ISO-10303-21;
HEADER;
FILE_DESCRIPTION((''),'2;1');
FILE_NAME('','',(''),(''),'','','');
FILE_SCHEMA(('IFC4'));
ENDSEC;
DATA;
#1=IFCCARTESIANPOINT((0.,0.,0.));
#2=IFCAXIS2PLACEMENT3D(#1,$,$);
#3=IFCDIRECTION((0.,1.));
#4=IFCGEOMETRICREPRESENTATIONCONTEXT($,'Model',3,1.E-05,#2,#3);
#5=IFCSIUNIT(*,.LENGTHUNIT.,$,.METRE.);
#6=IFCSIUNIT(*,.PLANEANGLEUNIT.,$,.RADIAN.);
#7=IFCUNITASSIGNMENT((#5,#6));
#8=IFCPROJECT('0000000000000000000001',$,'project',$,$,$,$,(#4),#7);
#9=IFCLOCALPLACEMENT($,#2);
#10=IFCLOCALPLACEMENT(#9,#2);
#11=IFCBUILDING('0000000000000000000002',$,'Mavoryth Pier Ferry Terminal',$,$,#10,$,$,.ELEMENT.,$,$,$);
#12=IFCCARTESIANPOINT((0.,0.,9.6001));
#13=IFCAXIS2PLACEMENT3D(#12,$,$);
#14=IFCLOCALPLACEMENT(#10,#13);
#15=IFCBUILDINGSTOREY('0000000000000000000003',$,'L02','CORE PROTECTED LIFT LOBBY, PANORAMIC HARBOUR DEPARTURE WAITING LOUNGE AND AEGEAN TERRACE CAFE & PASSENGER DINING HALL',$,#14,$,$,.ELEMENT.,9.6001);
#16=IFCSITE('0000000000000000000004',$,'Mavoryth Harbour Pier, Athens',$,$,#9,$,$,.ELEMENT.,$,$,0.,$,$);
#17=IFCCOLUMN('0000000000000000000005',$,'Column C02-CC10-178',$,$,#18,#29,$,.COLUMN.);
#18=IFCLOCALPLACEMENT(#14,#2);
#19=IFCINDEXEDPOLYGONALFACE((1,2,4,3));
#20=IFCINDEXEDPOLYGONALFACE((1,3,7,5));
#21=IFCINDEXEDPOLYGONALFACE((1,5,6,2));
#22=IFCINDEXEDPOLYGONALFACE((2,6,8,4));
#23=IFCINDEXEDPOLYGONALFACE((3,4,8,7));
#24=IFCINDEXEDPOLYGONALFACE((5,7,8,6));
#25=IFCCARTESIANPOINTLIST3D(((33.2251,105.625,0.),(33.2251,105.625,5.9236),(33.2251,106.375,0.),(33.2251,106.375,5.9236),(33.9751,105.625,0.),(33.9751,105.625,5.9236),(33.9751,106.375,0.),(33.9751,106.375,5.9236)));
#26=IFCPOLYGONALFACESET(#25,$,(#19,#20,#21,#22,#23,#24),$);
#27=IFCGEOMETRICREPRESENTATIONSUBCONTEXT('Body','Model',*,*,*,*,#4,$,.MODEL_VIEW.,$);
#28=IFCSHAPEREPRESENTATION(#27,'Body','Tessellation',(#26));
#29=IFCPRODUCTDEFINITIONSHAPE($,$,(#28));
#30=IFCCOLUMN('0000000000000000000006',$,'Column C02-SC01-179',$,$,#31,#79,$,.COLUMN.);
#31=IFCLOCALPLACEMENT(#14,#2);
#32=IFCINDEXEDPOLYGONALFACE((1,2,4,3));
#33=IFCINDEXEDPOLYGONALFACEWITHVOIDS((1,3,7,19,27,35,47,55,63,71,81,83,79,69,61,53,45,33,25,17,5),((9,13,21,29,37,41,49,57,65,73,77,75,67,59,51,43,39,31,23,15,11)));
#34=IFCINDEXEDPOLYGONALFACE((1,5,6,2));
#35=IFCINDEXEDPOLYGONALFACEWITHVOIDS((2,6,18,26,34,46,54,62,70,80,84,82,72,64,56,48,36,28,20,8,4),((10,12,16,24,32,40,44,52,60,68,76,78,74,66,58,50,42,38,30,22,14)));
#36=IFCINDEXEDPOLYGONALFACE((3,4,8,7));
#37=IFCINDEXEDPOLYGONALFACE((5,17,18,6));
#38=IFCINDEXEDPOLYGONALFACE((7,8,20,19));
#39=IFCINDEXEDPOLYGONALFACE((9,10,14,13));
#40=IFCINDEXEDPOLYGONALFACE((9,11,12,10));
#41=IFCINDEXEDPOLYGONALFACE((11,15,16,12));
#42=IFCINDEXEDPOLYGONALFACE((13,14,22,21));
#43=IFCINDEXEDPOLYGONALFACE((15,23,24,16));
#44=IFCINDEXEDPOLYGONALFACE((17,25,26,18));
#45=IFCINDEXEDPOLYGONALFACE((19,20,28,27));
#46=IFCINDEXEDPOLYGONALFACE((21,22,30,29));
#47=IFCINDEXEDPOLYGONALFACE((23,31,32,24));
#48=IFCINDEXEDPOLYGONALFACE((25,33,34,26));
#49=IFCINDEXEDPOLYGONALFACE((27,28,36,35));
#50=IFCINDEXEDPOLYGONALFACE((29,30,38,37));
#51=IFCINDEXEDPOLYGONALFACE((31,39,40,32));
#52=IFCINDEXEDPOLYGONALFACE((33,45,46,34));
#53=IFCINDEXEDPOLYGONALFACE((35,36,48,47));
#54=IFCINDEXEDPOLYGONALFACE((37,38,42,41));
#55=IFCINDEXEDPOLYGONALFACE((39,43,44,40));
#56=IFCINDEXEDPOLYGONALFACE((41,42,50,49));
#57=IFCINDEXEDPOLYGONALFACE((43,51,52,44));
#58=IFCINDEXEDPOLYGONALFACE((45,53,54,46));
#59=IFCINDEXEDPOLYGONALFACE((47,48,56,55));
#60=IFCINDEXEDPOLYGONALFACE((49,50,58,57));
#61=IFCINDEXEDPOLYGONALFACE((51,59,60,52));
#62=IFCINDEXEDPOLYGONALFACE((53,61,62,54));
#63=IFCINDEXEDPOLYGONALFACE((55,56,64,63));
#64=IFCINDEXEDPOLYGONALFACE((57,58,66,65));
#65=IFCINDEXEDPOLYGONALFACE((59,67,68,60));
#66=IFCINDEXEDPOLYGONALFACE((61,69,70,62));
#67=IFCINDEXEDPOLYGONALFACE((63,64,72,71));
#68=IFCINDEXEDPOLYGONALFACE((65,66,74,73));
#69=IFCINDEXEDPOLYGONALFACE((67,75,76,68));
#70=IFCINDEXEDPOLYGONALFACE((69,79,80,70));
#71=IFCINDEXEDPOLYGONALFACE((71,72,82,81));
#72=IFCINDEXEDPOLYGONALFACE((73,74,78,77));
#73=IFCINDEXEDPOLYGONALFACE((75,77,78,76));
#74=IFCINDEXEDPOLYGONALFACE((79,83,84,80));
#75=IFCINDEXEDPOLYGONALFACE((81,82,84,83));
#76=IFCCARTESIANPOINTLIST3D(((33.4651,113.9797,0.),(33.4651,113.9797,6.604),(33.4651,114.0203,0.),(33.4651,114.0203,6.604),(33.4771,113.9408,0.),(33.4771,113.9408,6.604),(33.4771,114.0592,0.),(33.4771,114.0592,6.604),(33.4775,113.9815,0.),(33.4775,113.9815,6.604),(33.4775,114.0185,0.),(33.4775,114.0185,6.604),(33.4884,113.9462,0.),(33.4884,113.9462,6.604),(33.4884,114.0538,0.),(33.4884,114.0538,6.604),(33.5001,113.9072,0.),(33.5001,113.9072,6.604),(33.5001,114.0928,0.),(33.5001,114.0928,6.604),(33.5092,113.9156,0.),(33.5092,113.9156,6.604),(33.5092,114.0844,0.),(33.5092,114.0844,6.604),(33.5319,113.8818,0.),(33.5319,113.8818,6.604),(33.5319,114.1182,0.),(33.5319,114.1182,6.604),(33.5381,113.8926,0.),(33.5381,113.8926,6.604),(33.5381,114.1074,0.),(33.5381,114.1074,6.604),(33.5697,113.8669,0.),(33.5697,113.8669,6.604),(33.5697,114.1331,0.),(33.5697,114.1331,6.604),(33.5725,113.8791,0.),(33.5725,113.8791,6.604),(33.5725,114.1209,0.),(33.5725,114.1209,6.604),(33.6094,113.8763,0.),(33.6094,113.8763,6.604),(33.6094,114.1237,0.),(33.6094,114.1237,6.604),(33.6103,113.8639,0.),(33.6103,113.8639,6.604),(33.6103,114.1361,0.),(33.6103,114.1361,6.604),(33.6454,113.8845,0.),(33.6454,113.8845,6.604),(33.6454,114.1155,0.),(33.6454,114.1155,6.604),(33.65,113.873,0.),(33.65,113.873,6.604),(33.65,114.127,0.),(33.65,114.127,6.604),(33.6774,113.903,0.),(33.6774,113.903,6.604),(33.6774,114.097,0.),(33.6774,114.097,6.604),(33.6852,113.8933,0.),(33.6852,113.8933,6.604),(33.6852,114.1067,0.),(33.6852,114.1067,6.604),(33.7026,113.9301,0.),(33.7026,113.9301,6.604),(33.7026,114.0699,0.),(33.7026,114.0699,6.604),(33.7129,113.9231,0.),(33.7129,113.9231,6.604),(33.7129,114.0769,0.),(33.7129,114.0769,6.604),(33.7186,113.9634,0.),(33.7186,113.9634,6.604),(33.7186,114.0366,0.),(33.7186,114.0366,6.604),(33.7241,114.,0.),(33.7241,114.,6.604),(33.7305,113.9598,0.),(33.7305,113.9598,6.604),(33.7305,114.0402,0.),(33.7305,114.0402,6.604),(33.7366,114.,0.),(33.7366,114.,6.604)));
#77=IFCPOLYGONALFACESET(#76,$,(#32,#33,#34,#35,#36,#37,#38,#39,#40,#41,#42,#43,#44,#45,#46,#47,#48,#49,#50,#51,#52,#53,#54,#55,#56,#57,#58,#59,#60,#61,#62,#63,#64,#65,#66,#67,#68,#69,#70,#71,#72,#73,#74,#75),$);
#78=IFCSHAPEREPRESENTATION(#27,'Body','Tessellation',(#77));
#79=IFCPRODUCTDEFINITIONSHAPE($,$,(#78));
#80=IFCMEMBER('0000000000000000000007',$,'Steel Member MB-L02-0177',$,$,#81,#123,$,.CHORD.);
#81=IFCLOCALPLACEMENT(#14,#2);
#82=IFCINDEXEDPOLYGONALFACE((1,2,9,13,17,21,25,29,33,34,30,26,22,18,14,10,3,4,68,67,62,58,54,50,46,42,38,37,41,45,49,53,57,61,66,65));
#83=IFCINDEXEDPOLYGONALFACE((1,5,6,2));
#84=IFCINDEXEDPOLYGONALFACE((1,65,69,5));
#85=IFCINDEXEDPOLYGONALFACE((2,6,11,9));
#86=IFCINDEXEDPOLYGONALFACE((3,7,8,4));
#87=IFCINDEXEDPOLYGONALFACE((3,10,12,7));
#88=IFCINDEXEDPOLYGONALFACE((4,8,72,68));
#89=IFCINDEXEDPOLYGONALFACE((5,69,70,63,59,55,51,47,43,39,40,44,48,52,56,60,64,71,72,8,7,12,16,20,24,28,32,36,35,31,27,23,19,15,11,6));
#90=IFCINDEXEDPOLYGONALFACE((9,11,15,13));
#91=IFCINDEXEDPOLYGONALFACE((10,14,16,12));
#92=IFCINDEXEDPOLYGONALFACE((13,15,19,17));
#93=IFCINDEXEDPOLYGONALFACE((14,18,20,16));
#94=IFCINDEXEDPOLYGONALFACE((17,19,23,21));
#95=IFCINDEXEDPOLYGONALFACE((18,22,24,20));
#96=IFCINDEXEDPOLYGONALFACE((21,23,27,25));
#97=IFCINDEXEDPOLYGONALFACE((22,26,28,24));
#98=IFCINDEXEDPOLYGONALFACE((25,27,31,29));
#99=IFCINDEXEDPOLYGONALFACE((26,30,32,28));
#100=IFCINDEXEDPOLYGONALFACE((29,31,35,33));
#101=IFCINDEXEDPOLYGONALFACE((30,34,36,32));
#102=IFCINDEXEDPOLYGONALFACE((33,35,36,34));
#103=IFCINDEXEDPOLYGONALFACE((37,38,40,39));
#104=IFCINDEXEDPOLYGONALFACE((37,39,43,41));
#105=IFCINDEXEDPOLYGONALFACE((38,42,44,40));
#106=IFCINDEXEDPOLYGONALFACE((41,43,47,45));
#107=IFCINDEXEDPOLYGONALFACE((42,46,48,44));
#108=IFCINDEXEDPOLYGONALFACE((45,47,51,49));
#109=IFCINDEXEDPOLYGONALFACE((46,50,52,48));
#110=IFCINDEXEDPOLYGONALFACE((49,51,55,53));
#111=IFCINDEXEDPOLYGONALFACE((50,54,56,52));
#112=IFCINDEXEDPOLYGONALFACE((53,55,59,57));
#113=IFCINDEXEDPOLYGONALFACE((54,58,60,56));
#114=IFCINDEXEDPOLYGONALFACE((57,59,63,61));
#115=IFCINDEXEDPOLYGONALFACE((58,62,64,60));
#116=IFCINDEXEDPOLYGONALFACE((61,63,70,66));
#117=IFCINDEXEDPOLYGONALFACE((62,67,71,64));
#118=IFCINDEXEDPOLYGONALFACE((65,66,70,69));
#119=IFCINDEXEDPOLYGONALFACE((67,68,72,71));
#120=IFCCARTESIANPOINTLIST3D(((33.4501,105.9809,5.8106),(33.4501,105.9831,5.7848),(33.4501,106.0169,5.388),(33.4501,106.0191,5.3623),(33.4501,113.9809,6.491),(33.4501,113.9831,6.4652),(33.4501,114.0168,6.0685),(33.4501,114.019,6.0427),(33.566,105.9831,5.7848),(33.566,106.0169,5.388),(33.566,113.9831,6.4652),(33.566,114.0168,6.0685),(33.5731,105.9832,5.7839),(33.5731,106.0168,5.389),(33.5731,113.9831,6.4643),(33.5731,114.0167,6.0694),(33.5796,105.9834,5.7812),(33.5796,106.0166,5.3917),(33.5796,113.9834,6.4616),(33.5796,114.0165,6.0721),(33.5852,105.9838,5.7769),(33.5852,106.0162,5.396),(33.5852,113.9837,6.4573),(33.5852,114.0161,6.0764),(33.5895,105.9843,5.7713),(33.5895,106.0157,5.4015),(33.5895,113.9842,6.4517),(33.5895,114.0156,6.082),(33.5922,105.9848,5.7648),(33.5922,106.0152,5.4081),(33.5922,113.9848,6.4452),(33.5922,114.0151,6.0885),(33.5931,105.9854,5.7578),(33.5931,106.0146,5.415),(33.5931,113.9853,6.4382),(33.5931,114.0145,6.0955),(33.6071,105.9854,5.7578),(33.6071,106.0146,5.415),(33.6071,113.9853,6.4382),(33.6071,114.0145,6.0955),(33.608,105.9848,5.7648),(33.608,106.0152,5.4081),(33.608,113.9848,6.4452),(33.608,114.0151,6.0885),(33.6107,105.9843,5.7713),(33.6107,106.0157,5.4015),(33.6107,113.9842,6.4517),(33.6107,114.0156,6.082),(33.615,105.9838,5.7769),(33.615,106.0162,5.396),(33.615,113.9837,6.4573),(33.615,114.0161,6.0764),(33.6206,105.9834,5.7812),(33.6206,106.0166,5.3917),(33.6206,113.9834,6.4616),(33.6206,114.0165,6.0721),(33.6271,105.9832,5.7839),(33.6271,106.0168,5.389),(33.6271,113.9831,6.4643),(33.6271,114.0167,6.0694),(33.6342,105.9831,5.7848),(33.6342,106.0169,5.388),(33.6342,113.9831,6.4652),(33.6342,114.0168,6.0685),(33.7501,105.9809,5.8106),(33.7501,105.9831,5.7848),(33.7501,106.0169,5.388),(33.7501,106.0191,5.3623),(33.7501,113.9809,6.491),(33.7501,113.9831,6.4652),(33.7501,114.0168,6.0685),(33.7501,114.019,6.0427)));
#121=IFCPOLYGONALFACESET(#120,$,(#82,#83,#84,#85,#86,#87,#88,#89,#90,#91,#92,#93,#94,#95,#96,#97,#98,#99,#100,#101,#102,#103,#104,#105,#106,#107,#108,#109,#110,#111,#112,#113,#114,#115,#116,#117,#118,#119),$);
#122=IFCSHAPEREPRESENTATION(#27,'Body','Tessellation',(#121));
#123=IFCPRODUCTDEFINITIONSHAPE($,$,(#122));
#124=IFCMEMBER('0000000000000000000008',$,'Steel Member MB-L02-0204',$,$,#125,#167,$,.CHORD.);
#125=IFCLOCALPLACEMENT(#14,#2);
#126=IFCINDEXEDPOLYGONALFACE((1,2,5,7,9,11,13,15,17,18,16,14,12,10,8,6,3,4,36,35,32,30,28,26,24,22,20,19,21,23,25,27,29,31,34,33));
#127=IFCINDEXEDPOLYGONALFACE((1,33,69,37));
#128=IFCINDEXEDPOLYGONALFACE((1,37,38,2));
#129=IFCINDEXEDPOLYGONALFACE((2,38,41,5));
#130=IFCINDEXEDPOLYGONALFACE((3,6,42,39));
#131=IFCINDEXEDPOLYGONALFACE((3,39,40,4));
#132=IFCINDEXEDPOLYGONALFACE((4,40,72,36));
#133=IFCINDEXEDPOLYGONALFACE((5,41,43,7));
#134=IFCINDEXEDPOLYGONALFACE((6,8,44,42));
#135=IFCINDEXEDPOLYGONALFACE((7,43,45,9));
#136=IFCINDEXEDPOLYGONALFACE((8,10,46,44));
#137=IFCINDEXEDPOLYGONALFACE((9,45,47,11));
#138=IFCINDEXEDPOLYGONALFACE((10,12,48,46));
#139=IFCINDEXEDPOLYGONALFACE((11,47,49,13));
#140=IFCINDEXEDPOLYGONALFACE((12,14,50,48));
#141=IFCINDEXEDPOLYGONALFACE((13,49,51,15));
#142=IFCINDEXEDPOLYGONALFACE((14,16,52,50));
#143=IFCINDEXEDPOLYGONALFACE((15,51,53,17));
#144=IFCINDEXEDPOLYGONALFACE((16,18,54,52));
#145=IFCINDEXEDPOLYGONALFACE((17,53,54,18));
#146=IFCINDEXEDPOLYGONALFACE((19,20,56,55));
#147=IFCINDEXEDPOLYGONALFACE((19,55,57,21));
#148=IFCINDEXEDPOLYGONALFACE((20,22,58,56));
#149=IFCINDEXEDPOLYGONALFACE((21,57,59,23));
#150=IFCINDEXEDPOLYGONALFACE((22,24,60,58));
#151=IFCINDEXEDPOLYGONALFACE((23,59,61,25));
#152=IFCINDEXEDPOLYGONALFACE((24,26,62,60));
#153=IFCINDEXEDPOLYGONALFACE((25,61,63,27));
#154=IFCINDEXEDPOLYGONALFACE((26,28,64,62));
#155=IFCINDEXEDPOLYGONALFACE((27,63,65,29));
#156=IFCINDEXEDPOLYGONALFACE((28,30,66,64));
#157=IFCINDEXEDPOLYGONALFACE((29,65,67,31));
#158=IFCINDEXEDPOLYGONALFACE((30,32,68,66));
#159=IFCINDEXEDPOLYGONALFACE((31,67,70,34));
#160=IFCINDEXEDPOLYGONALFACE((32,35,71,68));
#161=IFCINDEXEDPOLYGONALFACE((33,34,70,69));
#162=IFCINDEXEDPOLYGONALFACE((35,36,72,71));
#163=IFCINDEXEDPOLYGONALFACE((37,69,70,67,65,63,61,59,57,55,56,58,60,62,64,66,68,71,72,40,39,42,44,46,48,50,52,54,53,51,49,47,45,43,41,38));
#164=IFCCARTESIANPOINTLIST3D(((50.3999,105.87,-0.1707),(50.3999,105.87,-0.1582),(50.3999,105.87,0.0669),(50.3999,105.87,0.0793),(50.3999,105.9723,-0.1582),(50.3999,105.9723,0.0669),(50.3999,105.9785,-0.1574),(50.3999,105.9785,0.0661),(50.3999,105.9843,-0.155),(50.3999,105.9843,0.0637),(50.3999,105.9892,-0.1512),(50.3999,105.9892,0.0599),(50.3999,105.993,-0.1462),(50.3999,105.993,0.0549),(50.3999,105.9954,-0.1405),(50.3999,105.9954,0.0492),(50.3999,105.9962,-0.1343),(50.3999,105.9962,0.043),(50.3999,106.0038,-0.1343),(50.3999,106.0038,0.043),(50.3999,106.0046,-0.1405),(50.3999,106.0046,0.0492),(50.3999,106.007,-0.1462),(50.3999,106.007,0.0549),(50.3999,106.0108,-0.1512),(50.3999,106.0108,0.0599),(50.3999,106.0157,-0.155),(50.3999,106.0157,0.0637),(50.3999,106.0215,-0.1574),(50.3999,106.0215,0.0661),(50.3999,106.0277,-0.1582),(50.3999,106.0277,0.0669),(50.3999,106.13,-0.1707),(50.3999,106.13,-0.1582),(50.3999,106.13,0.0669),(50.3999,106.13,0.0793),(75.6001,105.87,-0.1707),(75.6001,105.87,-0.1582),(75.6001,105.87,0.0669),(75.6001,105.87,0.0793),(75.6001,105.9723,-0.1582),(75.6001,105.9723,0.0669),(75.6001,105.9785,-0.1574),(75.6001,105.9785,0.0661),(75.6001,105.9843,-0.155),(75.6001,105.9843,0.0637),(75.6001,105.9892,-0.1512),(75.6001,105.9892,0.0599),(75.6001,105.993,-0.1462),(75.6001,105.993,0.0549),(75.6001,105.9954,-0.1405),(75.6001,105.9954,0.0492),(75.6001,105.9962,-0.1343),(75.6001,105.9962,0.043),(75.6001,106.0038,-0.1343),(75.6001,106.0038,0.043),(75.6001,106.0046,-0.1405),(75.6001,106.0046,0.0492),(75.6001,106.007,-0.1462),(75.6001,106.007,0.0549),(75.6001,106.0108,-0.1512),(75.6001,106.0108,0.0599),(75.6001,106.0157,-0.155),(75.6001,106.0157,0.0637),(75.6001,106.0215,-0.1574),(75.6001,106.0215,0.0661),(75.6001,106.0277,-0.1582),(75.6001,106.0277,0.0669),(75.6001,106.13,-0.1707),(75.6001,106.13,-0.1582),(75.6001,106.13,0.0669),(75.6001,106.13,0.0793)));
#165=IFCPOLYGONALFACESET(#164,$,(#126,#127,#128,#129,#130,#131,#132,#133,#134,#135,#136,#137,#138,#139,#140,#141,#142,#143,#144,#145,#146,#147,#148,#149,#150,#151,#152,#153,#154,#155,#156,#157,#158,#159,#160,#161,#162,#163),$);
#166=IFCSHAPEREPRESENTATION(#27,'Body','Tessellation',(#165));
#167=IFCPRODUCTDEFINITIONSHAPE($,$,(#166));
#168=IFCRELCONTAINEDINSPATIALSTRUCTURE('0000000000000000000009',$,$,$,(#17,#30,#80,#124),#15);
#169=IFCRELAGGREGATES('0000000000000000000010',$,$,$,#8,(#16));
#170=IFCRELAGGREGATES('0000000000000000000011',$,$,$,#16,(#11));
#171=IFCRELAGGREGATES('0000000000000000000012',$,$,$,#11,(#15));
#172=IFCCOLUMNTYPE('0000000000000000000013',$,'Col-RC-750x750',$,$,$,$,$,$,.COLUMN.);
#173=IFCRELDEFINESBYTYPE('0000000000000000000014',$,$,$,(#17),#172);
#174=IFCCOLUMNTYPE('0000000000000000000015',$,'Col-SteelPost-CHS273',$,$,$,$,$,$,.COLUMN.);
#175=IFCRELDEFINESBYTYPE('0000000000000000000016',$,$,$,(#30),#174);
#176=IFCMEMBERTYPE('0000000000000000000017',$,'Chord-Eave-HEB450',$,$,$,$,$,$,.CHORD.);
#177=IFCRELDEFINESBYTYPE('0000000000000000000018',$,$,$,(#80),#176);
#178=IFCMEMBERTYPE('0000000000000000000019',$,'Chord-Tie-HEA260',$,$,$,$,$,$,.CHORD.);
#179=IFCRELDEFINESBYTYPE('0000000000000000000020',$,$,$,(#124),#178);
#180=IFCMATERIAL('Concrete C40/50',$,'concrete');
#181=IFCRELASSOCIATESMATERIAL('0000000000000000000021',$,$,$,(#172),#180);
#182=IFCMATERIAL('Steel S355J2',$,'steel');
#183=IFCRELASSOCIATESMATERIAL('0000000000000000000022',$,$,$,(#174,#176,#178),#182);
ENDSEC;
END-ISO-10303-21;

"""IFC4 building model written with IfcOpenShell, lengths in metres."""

from ifc_helpers import new_model, si_unit, direction, frame, origin, origin_2d, place, context, subcontext, project, spatial, rectangle, hollow_circle, i_section, extrude, material, material_profile, profile_set, type_object, element, save


model = new_model("IFC4")

# Units and contexts
model_context = context("Model", 3, precision=1e-05, world=origin(), true_north=direction((0.0, 1.0)))
body_context = subcontext(model_context, "Body", "Model", "MODEL_VIEW")
ifc_project = project(units=[si_unit("LENGTHUNIT", "METRE"), si_unit("PLANEANGLEUNIT", "RADIAN")], contexts=[model_context])

# Site, building, storey
site_placement = place(None, origin())
site = spatial("IfcSite", under=ifc_project, at=site_placement, Name="Mavoryth Harbour Pier, Athens", CompositionType="ELEMENT", RefElevation=0.0)
building_placement = place(site_placement, origin())
building = spatial("IfcBuilding", under=site, at=building_placement, Name="Mavoryth Pier Ferry Terminal", CompositionType="ELEMENT")
storey_placement = place(building_placement, frame((0.0, 0.0, 9.6001)))
storey = spatial("IfcBuildingStorey", under=building, at=storey_placement, Name="L02", Description="CORE PROTECTED LIFT LOBBY, PANORAMIC HARBOUR DEPARTURE WAITING LOUNGE AND AEGEAN TERRACE CAFE & PASSENGER DINING HALL", CompositionType="ELEMENT", Elevation=9.6001)

# Columns
ifc_material_1 = material(Name="Concrete C40/50", Category="concrete")
ifc_material_profile_1 = material_profile(ifc_material_1, rectangle(XDim=0.75, YDim=0.75, at=origin_2d()), Name="RC 750x750", Category="concrete")
ifc_profile_set_1 = profile_set([ifc_material_profile_1], Name="Concrete C40/50 - RC 750x750")
column_type_1 = type_object("IfcColumnType", Name="Col-RC-750x750", PredefinedType="COLUMN", material=ifc_profile_set_1)
column_1_placement = place(storey_placement, frame((33.6001, 106.0, 0.0), z_axis=(0.0, 0.0, 1.0), x_axis=(1.0, 0.0, 0.0)))
element("IfcColumn", 1, at=column_1_placement, inside=storey, type_object=column_type_1, Name="Column C02-CC10-178", PredefinedType="COLUMN", context=body_context, shape_type="SweptSolid", body=[
    extrude(rectangle(XDim=0.75, YDim=0.75, at=origin_2d()), origin(), (0.0, 0.0, 1.0), 5.9236),
])
ifc_material_2 = material(Name="Steel S355J2", Category="steel")
ifc_material_profile_2 = material_profile(ifc_material_2, hollow_circle(Radius=0.1365, WallThickness=0.0125, at=origin_2d()), Name="CHS 273.0x12.5", Category="steel")
ifc_profile_set_2 = profile_set([ifc_material_profile_2], Name="Steel S355J2 - CHS 273.0x12.5")
column_type_2 = type_object("IfcColumnType", Name="Col-SteelPost-CHS273", PredefinedType="COLUMN", material=ifc_profile_set_2)
column_2_placement = place(storey_placement, frame((33.6001, 114.0, 0.0), z_axis=(0.0, 0.0, 1.0), x_axis=(1.0, 0.0, 0.0)))
element("IfcColumn", 2, at=column_2_placement, inside=storey, type_object=column_type_2, Name="Column C02-SC01-179", PredefinedType="COLUMN", context=body_context, shape_type="SweptSolid", body=[
    extrude(hollow_circle(Radius=0.1365, WallThickness=0.0125, at=origin_2d()), origin(), (0.0, 0.0, 1.0), 6.604),
])

# Members
ifc_material_profile_3 = material_profile(ifc_material_2, i_section(OverallWidth=0.3, OverallDepth=0.45, WebThickness=0.0139, FlangeThickness=0.0259, FilletRadius=0.0271, at=origin_2d()), Name="HEB 450", Category="steel")
ifc_profile_set_3 = profile_set([ifc_material_profile_3], Name="Steel S355J2 - HEB 450")
member_type_1 = type_object("IfcMemberType", Name="Chord-Eave-HEB450", PredefinedType="CHORD", material=ifc_profile_set_3)
member_1_placement = place(storey_placement, frame((33.6001, 106.0, 5.5864), z_axis=(0.0, 0.996403, 0.084747), x_axis=(-1.0, 0.0, 0.0)))
element("IfcMember", 3, at=member_1_placement, inside=storey, type_object=member_type_1, Name="Steel Member MB-L02-0177", PredefinedType="CHORD", context=body_context, shape_type="SweptSolid", body=[
    extrude(i_section(OverallWidth=0.3, OverallDepth=0.45, WebThickness=0.0139, FlangeThickness=0.0259, FilletRadius=0.0271, at=origin_2d()), origin(), (0.0, 0.0, 1.0), 8.0288),
])
ifc_material_profile_4 = material_profile(ifc_material_2, i_section(OverallWidth=0.26, OverallDepth=0.25, WebThickness=0.0076, FlangeThickness=0.0125, FilletRadius=0.0239, at=origin_2d()), Name="HEA 260", Category="steel")
ifc_profile_set_4 = profile_set([ifc_material_profile_4], Name="Steel S355J2 - HEA 260")
member_type_2 = type_object("IfcMemberType", Name="Chord-Tie-HEA260", PredefinedType="CHORD", material=ifc_profile_set_4)
member_2_placement = place(storey_placement, frame((50.3999, 106.0, -0.0457), z_axis=(1.0, 0.0, 0.0), x_axis=(0.0, 1.0, 0.0)))
element("IfcMember", 4, at=member_2_placement, inside=storey, type_object=member_type_2, Name="Steel Member MB-L02-0204", PredefinedType="CHORD", context=body_context, shape_type="SweptSolid", body=[
    extrude(i_section(OverallWidth=0.26, OverallDepth=0.25, WebThickness=0.0076, FlangeThickness=0.0125, FilletRadius=0.0239, at=origin_2d()), origin(), (0.0, 0.0, 1.0), 25.2002),
])

save(model, "model.ifc")
